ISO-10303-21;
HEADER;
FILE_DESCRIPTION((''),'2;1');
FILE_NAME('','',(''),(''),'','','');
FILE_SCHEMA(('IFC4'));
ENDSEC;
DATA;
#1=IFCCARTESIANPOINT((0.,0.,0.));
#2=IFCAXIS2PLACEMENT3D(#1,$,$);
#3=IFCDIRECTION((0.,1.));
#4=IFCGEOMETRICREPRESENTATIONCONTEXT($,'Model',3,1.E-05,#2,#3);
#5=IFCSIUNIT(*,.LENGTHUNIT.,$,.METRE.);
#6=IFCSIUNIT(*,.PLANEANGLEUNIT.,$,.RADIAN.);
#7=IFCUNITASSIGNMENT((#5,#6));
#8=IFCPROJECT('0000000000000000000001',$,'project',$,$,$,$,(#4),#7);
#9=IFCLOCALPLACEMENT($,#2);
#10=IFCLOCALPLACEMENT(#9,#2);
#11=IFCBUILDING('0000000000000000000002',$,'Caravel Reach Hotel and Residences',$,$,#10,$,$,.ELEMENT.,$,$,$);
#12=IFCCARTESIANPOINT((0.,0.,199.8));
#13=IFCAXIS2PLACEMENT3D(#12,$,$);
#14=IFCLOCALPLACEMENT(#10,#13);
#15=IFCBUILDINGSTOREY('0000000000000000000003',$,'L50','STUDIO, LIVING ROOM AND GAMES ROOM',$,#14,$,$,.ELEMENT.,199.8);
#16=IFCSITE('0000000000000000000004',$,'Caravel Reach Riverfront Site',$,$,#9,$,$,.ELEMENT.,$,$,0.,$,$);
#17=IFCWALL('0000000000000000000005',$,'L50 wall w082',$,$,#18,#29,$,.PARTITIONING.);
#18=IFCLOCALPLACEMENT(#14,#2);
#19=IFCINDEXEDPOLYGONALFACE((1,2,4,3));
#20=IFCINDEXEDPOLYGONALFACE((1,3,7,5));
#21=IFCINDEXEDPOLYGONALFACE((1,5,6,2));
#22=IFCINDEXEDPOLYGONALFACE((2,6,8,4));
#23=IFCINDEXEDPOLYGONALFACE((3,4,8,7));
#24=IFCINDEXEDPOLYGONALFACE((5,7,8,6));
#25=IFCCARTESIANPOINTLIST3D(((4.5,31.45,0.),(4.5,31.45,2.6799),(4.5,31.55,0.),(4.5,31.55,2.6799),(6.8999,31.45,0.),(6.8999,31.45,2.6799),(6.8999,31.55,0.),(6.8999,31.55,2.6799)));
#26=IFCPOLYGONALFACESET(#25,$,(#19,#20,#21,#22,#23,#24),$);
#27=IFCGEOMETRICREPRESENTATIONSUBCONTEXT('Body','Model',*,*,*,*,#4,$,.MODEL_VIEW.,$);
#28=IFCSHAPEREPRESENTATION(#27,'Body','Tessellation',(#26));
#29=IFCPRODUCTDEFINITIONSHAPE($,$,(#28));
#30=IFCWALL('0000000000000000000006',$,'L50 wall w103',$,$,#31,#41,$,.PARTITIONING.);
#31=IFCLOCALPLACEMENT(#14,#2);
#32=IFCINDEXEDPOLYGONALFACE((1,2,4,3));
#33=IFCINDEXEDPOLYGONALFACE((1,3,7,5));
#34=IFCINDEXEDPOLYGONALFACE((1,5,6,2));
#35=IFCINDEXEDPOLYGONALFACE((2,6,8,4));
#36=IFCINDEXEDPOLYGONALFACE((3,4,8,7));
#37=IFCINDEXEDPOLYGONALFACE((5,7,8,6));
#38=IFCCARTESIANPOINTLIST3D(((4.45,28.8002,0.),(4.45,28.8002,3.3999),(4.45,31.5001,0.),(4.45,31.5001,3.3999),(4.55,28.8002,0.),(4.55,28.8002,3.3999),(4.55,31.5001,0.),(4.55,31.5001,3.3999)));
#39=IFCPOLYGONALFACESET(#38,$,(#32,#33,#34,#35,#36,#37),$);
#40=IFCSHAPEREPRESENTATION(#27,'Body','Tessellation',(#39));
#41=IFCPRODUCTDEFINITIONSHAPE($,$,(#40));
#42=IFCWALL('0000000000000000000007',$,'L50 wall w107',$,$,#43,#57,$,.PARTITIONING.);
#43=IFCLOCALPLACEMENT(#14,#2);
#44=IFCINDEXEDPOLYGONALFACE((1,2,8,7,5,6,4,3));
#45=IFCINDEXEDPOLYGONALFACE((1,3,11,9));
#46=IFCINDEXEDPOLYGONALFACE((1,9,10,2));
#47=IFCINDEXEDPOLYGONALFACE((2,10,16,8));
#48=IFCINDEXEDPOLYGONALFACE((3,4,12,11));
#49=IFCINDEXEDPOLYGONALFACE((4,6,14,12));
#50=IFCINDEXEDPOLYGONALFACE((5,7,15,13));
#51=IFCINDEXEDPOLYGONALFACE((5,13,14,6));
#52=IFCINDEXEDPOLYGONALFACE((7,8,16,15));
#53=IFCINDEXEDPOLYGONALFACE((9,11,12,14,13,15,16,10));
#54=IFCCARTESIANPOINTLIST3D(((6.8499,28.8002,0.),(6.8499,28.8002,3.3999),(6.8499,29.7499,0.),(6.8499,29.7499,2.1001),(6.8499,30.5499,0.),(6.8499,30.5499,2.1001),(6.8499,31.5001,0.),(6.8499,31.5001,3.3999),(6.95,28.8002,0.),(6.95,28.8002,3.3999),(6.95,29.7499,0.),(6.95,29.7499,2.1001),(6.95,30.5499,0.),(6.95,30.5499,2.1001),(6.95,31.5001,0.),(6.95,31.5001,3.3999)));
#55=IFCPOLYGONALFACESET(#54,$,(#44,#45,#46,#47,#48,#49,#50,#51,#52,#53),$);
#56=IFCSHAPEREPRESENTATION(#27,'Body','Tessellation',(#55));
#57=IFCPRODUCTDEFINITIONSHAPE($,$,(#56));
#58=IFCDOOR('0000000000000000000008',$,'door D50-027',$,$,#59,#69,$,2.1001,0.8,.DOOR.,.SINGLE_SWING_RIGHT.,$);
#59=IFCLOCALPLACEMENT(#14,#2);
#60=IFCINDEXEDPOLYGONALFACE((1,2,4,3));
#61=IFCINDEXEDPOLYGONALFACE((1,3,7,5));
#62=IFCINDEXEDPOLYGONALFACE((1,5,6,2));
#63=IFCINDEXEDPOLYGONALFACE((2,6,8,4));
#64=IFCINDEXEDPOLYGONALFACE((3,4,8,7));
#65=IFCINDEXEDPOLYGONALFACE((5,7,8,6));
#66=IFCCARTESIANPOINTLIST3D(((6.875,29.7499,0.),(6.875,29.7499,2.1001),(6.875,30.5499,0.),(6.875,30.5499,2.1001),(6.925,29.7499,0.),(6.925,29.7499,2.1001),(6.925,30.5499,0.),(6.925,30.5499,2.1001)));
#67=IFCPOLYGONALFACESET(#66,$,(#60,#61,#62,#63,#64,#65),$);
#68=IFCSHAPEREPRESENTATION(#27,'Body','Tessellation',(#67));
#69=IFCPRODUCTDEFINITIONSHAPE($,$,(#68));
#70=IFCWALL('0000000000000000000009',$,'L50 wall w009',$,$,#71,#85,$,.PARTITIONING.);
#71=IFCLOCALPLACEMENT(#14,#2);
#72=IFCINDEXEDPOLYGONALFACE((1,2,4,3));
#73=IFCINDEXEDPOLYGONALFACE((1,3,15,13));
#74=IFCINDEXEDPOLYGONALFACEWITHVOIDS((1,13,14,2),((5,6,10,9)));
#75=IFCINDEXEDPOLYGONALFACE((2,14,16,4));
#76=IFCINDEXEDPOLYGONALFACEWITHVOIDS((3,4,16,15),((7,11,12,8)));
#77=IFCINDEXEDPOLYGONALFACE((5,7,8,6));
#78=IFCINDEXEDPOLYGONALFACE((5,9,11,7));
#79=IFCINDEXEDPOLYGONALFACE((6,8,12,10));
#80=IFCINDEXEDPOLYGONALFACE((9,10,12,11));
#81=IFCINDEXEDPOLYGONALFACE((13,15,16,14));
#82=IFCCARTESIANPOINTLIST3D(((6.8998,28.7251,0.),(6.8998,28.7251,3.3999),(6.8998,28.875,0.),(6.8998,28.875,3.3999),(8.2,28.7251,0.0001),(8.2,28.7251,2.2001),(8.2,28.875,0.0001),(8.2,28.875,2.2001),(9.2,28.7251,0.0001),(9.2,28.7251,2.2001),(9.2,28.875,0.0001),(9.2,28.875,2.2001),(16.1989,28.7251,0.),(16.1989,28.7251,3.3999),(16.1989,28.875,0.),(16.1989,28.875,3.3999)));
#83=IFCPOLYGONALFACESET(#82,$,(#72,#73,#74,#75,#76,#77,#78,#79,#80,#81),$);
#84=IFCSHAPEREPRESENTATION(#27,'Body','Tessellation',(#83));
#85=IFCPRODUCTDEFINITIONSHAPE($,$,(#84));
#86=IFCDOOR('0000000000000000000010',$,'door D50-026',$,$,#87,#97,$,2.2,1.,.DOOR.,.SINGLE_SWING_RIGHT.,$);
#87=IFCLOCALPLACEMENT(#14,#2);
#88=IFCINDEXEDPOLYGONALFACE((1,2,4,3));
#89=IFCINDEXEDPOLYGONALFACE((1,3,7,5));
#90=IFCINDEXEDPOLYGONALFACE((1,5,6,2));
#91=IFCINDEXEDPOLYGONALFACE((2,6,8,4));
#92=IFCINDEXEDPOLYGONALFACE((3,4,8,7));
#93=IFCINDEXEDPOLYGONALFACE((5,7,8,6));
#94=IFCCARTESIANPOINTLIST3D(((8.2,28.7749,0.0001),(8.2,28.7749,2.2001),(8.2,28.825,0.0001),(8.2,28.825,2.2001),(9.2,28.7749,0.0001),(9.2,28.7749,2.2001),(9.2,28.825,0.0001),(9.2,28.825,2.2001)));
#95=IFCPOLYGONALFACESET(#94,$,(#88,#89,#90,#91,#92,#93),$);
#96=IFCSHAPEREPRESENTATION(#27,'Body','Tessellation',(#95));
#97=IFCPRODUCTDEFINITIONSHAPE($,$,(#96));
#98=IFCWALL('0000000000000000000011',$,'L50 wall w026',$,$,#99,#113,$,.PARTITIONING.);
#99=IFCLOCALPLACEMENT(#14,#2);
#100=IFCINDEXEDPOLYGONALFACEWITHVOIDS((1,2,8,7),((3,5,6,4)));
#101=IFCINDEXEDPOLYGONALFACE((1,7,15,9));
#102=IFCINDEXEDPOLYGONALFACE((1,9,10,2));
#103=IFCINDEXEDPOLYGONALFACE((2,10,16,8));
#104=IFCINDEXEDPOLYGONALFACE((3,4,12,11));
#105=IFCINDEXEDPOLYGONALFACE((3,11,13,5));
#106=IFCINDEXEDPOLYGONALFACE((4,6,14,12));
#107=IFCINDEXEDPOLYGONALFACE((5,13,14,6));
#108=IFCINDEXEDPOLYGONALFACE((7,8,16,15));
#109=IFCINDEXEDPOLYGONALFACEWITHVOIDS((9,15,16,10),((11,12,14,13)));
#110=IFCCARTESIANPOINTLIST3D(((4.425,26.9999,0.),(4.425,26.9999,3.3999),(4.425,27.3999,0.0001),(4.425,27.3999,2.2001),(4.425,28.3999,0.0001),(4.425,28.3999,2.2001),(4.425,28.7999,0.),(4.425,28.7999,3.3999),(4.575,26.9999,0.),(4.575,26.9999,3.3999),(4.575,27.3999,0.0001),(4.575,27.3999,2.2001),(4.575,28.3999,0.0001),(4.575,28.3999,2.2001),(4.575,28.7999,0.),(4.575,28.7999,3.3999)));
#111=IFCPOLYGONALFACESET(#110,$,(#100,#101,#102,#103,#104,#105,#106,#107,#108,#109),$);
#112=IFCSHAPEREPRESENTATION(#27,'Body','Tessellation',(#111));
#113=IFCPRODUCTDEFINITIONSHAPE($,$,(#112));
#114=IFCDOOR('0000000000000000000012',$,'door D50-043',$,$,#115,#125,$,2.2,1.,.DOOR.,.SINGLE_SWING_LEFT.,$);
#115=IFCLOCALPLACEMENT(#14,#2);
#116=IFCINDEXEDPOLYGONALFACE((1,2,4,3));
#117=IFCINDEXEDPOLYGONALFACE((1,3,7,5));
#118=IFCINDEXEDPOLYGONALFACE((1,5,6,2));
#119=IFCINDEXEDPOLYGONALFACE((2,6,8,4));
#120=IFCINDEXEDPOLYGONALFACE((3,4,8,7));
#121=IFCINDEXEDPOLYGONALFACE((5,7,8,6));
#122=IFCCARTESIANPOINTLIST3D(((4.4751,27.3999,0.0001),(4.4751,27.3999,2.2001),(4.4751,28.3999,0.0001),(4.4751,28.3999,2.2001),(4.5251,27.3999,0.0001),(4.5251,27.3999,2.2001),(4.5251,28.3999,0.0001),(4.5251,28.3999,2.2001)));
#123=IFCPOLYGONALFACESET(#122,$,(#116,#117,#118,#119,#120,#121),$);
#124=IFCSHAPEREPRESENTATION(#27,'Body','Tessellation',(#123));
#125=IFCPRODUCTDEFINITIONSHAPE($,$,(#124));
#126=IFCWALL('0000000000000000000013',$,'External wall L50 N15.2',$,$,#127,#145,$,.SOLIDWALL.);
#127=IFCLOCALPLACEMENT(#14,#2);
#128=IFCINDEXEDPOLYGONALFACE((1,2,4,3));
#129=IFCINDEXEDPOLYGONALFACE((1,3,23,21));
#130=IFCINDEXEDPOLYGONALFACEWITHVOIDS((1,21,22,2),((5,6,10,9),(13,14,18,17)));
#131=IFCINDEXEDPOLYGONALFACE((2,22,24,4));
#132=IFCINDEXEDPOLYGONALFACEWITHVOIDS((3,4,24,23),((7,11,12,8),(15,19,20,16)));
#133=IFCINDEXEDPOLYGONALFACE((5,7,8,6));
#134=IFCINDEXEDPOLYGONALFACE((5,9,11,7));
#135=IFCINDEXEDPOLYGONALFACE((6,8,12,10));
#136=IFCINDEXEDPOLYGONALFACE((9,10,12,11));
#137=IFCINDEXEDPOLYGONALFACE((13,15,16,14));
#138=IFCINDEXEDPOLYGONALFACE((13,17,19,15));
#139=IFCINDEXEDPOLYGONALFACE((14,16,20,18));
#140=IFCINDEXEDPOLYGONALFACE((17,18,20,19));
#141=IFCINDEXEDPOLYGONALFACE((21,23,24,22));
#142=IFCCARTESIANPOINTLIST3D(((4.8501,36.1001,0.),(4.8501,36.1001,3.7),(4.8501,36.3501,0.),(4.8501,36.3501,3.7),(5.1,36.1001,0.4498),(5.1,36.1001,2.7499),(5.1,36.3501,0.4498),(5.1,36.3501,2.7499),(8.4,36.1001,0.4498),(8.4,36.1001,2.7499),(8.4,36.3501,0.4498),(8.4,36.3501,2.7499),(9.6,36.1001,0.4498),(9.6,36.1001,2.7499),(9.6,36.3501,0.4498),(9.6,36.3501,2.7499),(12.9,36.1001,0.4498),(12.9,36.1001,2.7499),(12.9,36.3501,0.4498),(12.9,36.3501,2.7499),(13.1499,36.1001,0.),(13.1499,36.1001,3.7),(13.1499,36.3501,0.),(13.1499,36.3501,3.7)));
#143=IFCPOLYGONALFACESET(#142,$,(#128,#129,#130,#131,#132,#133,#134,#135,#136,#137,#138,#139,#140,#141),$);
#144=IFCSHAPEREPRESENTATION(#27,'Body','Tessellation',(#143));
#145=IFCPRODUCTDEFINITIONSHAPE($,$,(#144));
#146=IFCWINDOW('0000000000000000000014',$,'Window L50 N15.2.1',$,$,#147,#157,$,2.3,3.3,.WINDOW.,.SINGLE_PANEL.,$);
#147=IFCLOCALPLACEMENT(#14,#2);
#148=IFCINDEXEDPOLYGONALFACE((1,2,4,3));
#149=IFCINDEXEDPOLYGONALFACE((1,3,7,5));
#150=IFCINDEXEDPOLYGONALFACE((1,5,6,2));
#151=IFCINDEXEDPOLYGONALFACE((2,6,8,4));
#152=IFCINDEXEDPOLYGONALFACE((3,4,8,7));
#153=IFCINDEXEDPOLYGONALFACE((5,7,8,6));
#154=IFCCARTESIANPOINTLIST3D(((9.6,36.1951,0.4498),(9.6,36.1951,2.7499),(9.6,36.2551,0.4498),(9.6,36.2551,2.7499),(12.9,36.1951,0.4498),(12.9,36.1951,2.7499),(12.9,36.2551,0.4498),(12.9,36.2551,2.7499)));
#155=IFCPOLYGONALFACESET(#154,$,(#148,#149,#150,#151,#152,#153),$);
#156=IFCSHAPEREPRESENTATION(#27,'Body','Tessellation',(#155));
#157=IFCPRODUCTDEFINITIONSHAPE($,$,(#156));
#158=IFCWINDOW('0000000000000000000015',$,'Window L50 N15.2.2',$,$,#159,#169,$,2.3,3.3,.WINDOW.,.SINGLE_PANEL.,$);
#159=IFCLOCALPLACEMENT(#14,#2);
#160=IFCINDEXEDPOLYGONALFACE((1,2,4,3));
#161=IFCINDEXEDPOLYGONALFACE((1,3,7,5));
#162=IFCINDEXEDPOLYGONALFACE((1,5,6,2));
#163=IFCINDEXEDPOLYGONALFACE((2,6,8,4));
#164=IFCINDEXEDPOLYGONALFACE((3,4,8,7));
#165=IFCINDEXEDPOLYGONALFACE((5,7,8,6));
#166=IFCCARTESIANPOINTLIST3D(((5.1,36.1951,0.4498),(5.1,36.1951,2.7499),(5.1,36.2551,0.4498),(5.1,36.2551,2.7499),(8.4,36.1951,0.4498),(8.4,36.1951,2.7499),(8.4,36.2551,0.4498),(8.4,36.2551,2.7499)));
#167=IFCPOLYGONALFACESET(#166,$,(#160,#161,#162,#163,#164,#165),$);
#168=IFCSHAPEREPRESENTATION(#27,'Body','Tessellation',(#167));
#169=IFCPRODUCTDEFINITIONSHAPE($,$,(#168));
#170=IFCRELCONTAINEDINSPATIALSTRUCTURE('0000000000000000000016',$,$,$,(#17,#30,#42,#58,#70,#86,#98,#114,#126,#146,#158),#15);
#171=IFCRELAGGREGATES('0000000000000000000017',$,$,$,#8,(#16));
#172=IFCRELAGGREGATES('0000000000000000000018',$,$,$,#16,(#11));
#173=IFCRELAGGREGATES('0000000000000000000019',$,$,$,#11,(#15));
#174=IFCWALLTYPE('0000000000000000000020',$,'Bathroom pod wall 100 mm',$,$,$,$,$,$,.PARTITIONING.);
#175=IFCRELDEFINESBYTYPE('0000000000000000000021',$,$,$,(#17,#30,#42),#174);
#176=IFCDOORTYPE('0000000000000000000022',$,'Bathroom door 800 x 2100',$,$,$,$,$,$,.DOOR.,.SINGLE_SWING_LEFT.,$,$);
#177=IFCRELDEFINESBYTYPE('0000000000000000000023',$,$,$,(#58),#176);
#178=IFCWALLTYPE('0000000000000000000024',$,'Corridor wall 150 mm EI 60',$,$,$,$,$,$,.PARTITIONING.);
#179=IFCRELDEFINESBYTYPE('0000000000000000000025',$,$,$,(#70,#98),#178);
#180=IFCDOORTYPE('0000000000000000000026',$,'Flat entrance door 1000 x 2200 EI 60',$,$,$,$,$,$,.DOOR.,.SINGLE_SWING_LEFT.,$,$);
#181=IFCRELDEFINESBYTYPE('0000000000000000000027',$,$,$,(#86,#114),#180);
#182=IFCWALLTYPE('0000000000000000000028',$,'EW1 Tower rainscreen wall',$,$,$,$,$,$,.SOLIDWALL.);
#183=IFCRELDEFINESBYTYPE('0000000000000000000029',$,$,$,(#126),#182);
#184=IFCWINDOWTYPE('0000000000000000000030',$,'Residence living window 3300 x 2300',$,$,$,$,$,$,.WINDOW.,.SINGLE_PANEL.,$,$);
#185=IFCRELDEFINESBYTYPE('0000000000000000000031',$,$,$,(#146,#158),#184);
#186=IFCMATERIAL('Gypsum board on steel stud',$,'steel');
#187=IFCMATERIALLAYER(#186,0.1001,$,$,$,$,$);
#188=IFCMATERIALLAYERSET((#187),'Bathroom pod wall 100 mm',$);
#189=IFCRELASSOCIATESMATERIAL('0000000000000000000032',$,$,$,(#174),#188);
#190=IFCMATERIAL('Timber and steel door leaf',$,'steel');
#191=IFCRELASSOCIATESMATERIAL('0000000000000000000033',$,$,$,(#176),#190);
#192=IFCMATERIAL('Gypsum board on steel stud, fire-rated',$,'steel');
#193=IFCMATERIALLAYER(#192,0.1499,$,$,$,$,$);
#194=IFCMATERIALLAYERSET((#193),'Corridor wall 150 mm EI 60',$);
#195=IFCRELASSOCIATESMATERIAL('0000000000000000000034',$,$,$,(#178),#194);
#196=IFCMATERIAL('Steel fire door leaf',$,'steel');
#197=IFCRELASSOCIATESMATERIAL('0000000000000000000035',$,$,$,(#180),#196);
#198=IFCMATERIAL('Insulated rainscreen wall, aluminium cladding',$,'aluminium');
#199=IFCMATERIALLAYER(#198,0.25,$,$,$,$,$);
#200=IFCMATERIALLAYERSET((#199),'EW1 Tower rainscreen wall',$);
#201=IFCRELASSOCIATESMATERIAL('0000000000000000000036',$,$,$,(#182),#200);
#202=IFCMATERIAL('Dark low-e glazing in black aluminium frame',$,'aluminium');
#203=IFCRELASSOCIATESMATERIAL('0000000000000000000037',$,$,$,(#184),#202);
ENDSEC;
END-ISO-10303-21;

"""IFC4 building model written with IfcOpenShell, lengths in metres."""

from ifc_helpers import new_model, si_unit, direction, frame, frame_2d, origin, place, context, subcontext, project, spatial, rectangle, extrude, material, layer, layer_set, type_object, element, fill, save


model = new_model("IFC4")

# Units and contexts
model_context = context("Model", 3, precision=1e-05, world=origin(), true_north=direction((0.0, 1.0)))
body_context = subcontext(model_context, "Body", "Model", "MODEL_VIEW")
ifc_project = project(units=[si_unit("LENGTHUNIT", "METRE"), si_unit("PLANEANGLEUNIT", "RADIAN")], contexts=[model_context])

# Site, building, storey
site_placement = place(None, origin())
site = spatial("IfcSite", under=ifc_project, at=site_placement, Name="Caravel Reach Riverfront Site", CompositionType="ELEMENT", RefElevation=0.0)
building_placement = place(site_placement, origin())
building = spatial("IfcBuilding", under=site, at=building_placement, Name="Caravel Reach Hotel and Residences", CompositionType="ELEMENT")
storey_placement = place(building_placement, frame((0.0, 0.0, 199.8)))
storey = spatial("IfcBuildingStorey", under=building, at=storey_placement, Name="L50", Description="STUDIO, LIVING ROOM AND GAMES ROOM", CompositionType="ELEMENT", Elevation=199.8)

# Walls
ifc_material_1 = material(Name="Gypsum board on steel stud", Category="steel")
ifc_layer_1 = layer(ifc_material_1, 0.1001)
ifc_layer_set_1 = layer_set([ifc_layer_1], Name="Bathroom pod wall 100 mm")
wall_type_1 = type_object("IfcWallType", Name="Bathroom pod wall 100 mm", PredefinedType="PARTITIONING", material=ifc_layer_set_1)
wall_1_placement = place(storey_placement, frame((4.5, 31.5, 0.0), z_axis=(0.0, 0.0, 1.0), x_axis=(1.0, 0.0, 0.0)))
element("IfcWall", 1, at=wall_1_placement, inside=storey, type_object=wall_type_1, Name="L50 wall w082", PredefinedType="PARTITIONING", context=body_context, shape_type="SweptSolid", body=[
    extrude(rectangle(XDim=2.3999, YDim=0.1001, at=frame_2d((1.2, 0.0))), origin(), (0.0, 0.0, 1.0), 2.6799),
])
wall_2_placement = place(storey_placement, frame((4.5, 28.8, 0.0), z_axis=(0.0, 0.0, 1.0), x_axis=(0.0, 1.0, 0.0)))
element("IfcWall", 2, at=wall_2_placement, inside=storey, type_object=wall_type_1, Name="L50 wall w103", PredefinedType="PARTITIONING", context=body_context, shape_type="SweptSolid", body=[
    extrude(rectangle(XDim=2.7, YDim=0.1001, at=frame_2d((1.3501, 0.0))), origin(), (0.0, 0.0, 1.0), 3.3999),
])

# Walls, openings, doors
wall_3_placement = place(storey_placement, frame((6.8999, 28.8, 0.0), z_axis=(0.0, 0.0, 1.0), x_axis=(0.0, 1.0, 0.0)))
wall_3 = element("IfcWall", 3, at=wall_3_placement, inside=storey, type_object=wall_type_1, Name="L50 wall w107", PredefinedType="PARTITIONING", context=body_context, shape_type="SweptSolid", body=[
    extrude(rectangle(XDim=2.7, YDim=0.1001, at=frame_2d((1.3501, 0.0))), origin(), (0.0, 0.0, 1.0), 3.3999),
])
opening_1_placement = place(wall_3_placement, frame((0.95, 0.0, 0.0)))
opening_1 = element("IfcOpeningElement", 4, at=opening_1_placement, cuts=wall_3, PredefinedType="OPENING", context=body_context, shape_type="SweptSolid", body=[
    extrude(rectangle(XDim=0.8, YDim=2.1001, at=frame_2d((0.3999, 1.05))), frame((0.0, 0.0601, 0.0), z_axis=(0.0, -1.0, 0.0), x_axis=(1.0, 0.0, 0.0)), (0.0, 0.0, 1.0), 0.1201),
])
ifc_material_2 = material(Name="Timber and steel door leaf", Category="steel")
door_type_1 = type_object("IfcDoorType", Name="Bathroom door 800 x 2100", OperationType="SINGLE_SWING_LEFT", PredefinedType="DOOR", material=ifc_material_2)
door_1_placement = place(opening_1_placement, origin())
door_1 = element("IfcDoor", 5, at=door_1_placement, inside=storey, type_object=door_type_1, Name="door D50-027", OperationType="SINGLE_SWING_RIGHT", OverallHeight=2.1001, OverallWidth=0.8, PredefinedType="DOOR", context=body_context, shape_type="SweptSolid", body=[
    extrude(rectangle(XDim=0.8, YDim=2.1001, at=frame_2d((0.3999, 1.05))), frame((0.0, 0.0249, 0.0), z_axis=(0.0, -1.0, 0.0), x_axis=(1.0, 0.0, 0.0)), (0.0, 0.0, 1.0), 0.05),
])
fill(opening_1, door_1)
ifc_material_3 = material(Name="Gypsum board on steel stud, fire-rated", Category="steel")
ifc_layer_2 = layer(ifc_material_3, 0.1499)
ifc_layer_set_2 = layer_set([ifc_layer_2], Name="Corridor wall 150 mm EI 60")
wall_type_2 = type_object("IfcWallType", Name="Corridor wall 150 mm EI 60", PredefinedType="PARTITIONING", material=ifc_layer_set_2)
wall_4_placement = place(storey_placement, frame((6.8999, 28.8, 0.0), z_axis=(0.0, 0.0, 1.0), x_axis=(1.0, 0.0, 0.0)))
wall_4 = element("IfcWall", 6, at=wall_4_placement, inside=storey, type_object=wall_type_2, Name="L50 wall w009", PredefinedType="PARTITIONING", context=body_context, shape_type="SweptSolid", body=[
    extrude(rectangle(XDim=9.2991, YDim=0.1499, at=frame_2d((4.6494, 0.0))), origin(), (0.0, 0.0, 1.0), 3.3999),
])
opening_2_placement = place(wall_4_placement, frame((1.3, 0.0, 0.0)))
opening_2 = element("IfcOpeningElement", 7, at=opening_2_placement, cuts=wall_4, PredefinedType="OPENING", context=body_context, shape_type="SweptSolid", body=[
    extrude(rectangle(XDim=1.0, YDim=2.2, at=frame_2d((0.5, 1.1001))), frame((0.0, 0.085, 0.0), z_axis=(0.0, -1.0, 0.0), x_axis=(1.0, 0.0, 0.0)), (0.0, 0.0, 1.0), 0.1699),
])
ifc_material_4 = material(Name="Steel fire door leaf", Category="steel")
door_type_2 = type_object("IfcDoorType", Name="Flat entrance door 1000 x 2200 EI 60", OperationType="SINGLE_SWING_LEFT", PredefinedType="DOOR", material=ifc_material_4)
door_2_placement = place(opening_2_placement, origin())
door_2 = element("IfcDoor", 8, at=door_2_placement, inside=storey, type_object=door_type_2, Name="door D50-026", OperationType="SINGLE_SWING_RIGHT", OverallHeight=2.2, OverallWidth=1.0, PredefinedType="DOOR", context=body_context, shape_type="SweptSolid", body=[
    extrude(rectangle(XDim=1.0, YDim=2.2, at=frame_2d((0.5, 1.1001))), frame((0.0, 0.0249, 0.0), z_axis=(0.0, -1.0, 0.0), x_axis=(1.0, 0.0, 0.0)), (0.0, 0.0, 1.0), 0.05),
])
fill(opening_2, door_2)
wall_5_placement = place(storey_placement, frame((4.5, 27.0, 0.0), z_axis=(0.0, 0.0, 1.0), x_axis=(0.0, 1.0, 0.0)))
wall_5 = element("IfcWall", 9, at=wall_5_placement, inside=storey, type_object=wall_type_2, Name="L50 wall w026", PredefinedType="PARTITIONING", context=body_context, shape_type="SweptSolid", body=[
    extrude(rectangle(XDim=1.8, YDim=0.1499, at=frame_2d((0.8999, 0.0))), origin(), (0.0, 0.0, 1.0), 3.3999),
])
opening_3_placement = place(wall_5_placement, frame((0.3999, 0.0, 0.0)))
opening_3 = element("IfcOpeningElement", 10, at=opening_3_placement, cuts=wall_5, PredefinedType="OPENING", context=body_context, shape_type="SweptSolid", body=[
    extrude(rectangle(XDim=1.0, YDim=2.2, at=frame_2d((0.5, 1.1001))), frame((0.0, 0.085, 0.0), z_axis=(0.0, -1.0, 0.0), x_axis=(1.0, 0.0, 0.0)), (0.0, 0.0, 1.0), 0.1699),
])
door_3_placement = place(opening_3_placement, origin())
door_3 = element("IfcDoor", 11, at=door_3_placement, inside=storey, type_object=door_type_2, Name="door D50-043", OperationType="SINGLE_SWING_LEFT", OverallHeight=2.2, OverallWidth=1.0, PredefinedType="DOOR", context=body_context, shape_type="SweptSolid", body=[
    extrude(rectangle(XDim=1.0, YDim=2.2, at=frame_2d((0.5, 1.1001))), frame((0.0, 0.0249, 0.0), z_axis=(0.0, -1.0, 0.0), x_axis=(1.0, 0.0, 0.0)), (0.0, 0.0, 1.0), 0.05),
])
fill(opening_3, door_3)

# Wall, openings, windows
ifc_material_5 = material(Name="Insulated rainscreen wall, aluminium cladding", Category="aluminium")
ifc_layer_3 = layer(ifc_material_5, 0.25)
ifc_layer_set_3 = layer_set([ifc_layer_3], Name="EW1 Tower rainscreen wall")
wall_type_3 = type_object("IfcWallType", Name="EW1 Tower rainscreen wall", PredefinedType="SOLIDWALL", material=ifc_layer_set_3)
wall_6_placement = place(storey_placement, frame((13.1499, 36.2251, 0.0), z_axis=(0.0, 0.0, 1.0), x_axis=(-1.0, 0.0, 0.0)))
wall_6 = element("IfcWall", 12, at=wall_6_placement, inside=storey, type_object=wall_type_3, Name="External wall L50 N15.2", PredefinedType="SOLIDWALL", context=body_context, shape_type="SweptSolid", body=[
    extrude(rectangle(XDim=8.2998, YDim=0.25, at=frame_2d((4.1499, 0.0))), origin(), (0.0, 0.0, 1.0), 3.7),
])
opening_4_placement = place(wall_6_placement, frame((0.25, 0.0, 0.45)))
opening_4 = element("IfcOpeningElement", 13, at=opening_4_placement, cuts=wall_6, PredefinedType="OPENING", context=body_context, shape_type="SweptSolid", body=[
    extrude(rectangle(XDim=3.3, YDim=2.3, at=frame_2d((1.6499, 1.1499))), frame((0.0, 0.135, 0.0), z_axis=(0.0, -1.0, 0.0), x_axis=(1.0, 0.0, 0.0)), (0.0, 0.0, 1.0), 0.27),
])
opening_5_placement = place(wall_6_placement, frame((4.75, 0.0, 0.45)))
opening_5 = element("IfcOpeningElement", 14, at=opening_5_placement, cuts=wall_6, PredefinedType="OPENING", context=body_context, shape_type="SweptSolid", body=[
    extrude(rectangle(XDim=3.3, YDim=2.3, at=frame_2d((1.6499, 1.1499))), frame((0.0, 0.135, 0.0), z_axis=(0.0, -1.0, 0.0), x_axis=(1.0, 0.0, 0.0)), (0.0, 0.0, 1.0), 0.27),
])
ifc_material_6 = material(Name="Dark low-e glazing in black aluminium frame", Category="aluminium")
window_type = type_object("IfcWindowType", Name="Residence living window 3300 x 2300", PartitioningType="SINGLE_PANEL", PredefinedType="WINDOW", material=ifc_material_6)
window_1_placement = place(opening_4_placement, origin())
window_1 = element("IfcWindow", 15, at=window_1_placement, inside=storey, type_object=window_type, Name="Window L50 N15.2.1", OverallHeight=2.3, OverallWidth=3.3, PartitioningType="SINGLE_PANEL", PredefinedType="WINDOW", context=body_context, shape_type="SweptSolid", body=[
    extrude(rectangle(XDim=3.3, YDim=2.3, at=frame_2d((1.6499, 1.1499))), frame((0.0, 0.03, 0.0), z_axis=(0.0, -1.0, 0.0), x_axis=(1.0, 0.0, 0.0)), (0.0, 0.0, 1.0), 0.0601),
])
fill(opening_4, window_1)
window_2_placement = place(opening_5_placement, origin())
window_2 = element("IfcWindow", 16, at=window_2_placement, inside=storey, type_object=window_type, Name="Window L50 N15.2.2", OverallHeight=2.3, OverallWidth=3.3, PartitioningType="SINGLE_PANEL", PredefinedType="WINDOW", context=body_context, shape_type="SweptSolid", body=[
    extrude(rectangle(XDim=3.3, YDim=2.3, at=frame_2d((1.6499, 1.1499))), frame((0.0, 0.03, 0.0), z_axis=(0.0, -1.0, 0.0), x_axis=(1.0, 0.0, 0.0)), (0.0, 0.0, 1.0), 0.0601),
])
fill(opening_5, window_2)

save(model, "model.ifc")
